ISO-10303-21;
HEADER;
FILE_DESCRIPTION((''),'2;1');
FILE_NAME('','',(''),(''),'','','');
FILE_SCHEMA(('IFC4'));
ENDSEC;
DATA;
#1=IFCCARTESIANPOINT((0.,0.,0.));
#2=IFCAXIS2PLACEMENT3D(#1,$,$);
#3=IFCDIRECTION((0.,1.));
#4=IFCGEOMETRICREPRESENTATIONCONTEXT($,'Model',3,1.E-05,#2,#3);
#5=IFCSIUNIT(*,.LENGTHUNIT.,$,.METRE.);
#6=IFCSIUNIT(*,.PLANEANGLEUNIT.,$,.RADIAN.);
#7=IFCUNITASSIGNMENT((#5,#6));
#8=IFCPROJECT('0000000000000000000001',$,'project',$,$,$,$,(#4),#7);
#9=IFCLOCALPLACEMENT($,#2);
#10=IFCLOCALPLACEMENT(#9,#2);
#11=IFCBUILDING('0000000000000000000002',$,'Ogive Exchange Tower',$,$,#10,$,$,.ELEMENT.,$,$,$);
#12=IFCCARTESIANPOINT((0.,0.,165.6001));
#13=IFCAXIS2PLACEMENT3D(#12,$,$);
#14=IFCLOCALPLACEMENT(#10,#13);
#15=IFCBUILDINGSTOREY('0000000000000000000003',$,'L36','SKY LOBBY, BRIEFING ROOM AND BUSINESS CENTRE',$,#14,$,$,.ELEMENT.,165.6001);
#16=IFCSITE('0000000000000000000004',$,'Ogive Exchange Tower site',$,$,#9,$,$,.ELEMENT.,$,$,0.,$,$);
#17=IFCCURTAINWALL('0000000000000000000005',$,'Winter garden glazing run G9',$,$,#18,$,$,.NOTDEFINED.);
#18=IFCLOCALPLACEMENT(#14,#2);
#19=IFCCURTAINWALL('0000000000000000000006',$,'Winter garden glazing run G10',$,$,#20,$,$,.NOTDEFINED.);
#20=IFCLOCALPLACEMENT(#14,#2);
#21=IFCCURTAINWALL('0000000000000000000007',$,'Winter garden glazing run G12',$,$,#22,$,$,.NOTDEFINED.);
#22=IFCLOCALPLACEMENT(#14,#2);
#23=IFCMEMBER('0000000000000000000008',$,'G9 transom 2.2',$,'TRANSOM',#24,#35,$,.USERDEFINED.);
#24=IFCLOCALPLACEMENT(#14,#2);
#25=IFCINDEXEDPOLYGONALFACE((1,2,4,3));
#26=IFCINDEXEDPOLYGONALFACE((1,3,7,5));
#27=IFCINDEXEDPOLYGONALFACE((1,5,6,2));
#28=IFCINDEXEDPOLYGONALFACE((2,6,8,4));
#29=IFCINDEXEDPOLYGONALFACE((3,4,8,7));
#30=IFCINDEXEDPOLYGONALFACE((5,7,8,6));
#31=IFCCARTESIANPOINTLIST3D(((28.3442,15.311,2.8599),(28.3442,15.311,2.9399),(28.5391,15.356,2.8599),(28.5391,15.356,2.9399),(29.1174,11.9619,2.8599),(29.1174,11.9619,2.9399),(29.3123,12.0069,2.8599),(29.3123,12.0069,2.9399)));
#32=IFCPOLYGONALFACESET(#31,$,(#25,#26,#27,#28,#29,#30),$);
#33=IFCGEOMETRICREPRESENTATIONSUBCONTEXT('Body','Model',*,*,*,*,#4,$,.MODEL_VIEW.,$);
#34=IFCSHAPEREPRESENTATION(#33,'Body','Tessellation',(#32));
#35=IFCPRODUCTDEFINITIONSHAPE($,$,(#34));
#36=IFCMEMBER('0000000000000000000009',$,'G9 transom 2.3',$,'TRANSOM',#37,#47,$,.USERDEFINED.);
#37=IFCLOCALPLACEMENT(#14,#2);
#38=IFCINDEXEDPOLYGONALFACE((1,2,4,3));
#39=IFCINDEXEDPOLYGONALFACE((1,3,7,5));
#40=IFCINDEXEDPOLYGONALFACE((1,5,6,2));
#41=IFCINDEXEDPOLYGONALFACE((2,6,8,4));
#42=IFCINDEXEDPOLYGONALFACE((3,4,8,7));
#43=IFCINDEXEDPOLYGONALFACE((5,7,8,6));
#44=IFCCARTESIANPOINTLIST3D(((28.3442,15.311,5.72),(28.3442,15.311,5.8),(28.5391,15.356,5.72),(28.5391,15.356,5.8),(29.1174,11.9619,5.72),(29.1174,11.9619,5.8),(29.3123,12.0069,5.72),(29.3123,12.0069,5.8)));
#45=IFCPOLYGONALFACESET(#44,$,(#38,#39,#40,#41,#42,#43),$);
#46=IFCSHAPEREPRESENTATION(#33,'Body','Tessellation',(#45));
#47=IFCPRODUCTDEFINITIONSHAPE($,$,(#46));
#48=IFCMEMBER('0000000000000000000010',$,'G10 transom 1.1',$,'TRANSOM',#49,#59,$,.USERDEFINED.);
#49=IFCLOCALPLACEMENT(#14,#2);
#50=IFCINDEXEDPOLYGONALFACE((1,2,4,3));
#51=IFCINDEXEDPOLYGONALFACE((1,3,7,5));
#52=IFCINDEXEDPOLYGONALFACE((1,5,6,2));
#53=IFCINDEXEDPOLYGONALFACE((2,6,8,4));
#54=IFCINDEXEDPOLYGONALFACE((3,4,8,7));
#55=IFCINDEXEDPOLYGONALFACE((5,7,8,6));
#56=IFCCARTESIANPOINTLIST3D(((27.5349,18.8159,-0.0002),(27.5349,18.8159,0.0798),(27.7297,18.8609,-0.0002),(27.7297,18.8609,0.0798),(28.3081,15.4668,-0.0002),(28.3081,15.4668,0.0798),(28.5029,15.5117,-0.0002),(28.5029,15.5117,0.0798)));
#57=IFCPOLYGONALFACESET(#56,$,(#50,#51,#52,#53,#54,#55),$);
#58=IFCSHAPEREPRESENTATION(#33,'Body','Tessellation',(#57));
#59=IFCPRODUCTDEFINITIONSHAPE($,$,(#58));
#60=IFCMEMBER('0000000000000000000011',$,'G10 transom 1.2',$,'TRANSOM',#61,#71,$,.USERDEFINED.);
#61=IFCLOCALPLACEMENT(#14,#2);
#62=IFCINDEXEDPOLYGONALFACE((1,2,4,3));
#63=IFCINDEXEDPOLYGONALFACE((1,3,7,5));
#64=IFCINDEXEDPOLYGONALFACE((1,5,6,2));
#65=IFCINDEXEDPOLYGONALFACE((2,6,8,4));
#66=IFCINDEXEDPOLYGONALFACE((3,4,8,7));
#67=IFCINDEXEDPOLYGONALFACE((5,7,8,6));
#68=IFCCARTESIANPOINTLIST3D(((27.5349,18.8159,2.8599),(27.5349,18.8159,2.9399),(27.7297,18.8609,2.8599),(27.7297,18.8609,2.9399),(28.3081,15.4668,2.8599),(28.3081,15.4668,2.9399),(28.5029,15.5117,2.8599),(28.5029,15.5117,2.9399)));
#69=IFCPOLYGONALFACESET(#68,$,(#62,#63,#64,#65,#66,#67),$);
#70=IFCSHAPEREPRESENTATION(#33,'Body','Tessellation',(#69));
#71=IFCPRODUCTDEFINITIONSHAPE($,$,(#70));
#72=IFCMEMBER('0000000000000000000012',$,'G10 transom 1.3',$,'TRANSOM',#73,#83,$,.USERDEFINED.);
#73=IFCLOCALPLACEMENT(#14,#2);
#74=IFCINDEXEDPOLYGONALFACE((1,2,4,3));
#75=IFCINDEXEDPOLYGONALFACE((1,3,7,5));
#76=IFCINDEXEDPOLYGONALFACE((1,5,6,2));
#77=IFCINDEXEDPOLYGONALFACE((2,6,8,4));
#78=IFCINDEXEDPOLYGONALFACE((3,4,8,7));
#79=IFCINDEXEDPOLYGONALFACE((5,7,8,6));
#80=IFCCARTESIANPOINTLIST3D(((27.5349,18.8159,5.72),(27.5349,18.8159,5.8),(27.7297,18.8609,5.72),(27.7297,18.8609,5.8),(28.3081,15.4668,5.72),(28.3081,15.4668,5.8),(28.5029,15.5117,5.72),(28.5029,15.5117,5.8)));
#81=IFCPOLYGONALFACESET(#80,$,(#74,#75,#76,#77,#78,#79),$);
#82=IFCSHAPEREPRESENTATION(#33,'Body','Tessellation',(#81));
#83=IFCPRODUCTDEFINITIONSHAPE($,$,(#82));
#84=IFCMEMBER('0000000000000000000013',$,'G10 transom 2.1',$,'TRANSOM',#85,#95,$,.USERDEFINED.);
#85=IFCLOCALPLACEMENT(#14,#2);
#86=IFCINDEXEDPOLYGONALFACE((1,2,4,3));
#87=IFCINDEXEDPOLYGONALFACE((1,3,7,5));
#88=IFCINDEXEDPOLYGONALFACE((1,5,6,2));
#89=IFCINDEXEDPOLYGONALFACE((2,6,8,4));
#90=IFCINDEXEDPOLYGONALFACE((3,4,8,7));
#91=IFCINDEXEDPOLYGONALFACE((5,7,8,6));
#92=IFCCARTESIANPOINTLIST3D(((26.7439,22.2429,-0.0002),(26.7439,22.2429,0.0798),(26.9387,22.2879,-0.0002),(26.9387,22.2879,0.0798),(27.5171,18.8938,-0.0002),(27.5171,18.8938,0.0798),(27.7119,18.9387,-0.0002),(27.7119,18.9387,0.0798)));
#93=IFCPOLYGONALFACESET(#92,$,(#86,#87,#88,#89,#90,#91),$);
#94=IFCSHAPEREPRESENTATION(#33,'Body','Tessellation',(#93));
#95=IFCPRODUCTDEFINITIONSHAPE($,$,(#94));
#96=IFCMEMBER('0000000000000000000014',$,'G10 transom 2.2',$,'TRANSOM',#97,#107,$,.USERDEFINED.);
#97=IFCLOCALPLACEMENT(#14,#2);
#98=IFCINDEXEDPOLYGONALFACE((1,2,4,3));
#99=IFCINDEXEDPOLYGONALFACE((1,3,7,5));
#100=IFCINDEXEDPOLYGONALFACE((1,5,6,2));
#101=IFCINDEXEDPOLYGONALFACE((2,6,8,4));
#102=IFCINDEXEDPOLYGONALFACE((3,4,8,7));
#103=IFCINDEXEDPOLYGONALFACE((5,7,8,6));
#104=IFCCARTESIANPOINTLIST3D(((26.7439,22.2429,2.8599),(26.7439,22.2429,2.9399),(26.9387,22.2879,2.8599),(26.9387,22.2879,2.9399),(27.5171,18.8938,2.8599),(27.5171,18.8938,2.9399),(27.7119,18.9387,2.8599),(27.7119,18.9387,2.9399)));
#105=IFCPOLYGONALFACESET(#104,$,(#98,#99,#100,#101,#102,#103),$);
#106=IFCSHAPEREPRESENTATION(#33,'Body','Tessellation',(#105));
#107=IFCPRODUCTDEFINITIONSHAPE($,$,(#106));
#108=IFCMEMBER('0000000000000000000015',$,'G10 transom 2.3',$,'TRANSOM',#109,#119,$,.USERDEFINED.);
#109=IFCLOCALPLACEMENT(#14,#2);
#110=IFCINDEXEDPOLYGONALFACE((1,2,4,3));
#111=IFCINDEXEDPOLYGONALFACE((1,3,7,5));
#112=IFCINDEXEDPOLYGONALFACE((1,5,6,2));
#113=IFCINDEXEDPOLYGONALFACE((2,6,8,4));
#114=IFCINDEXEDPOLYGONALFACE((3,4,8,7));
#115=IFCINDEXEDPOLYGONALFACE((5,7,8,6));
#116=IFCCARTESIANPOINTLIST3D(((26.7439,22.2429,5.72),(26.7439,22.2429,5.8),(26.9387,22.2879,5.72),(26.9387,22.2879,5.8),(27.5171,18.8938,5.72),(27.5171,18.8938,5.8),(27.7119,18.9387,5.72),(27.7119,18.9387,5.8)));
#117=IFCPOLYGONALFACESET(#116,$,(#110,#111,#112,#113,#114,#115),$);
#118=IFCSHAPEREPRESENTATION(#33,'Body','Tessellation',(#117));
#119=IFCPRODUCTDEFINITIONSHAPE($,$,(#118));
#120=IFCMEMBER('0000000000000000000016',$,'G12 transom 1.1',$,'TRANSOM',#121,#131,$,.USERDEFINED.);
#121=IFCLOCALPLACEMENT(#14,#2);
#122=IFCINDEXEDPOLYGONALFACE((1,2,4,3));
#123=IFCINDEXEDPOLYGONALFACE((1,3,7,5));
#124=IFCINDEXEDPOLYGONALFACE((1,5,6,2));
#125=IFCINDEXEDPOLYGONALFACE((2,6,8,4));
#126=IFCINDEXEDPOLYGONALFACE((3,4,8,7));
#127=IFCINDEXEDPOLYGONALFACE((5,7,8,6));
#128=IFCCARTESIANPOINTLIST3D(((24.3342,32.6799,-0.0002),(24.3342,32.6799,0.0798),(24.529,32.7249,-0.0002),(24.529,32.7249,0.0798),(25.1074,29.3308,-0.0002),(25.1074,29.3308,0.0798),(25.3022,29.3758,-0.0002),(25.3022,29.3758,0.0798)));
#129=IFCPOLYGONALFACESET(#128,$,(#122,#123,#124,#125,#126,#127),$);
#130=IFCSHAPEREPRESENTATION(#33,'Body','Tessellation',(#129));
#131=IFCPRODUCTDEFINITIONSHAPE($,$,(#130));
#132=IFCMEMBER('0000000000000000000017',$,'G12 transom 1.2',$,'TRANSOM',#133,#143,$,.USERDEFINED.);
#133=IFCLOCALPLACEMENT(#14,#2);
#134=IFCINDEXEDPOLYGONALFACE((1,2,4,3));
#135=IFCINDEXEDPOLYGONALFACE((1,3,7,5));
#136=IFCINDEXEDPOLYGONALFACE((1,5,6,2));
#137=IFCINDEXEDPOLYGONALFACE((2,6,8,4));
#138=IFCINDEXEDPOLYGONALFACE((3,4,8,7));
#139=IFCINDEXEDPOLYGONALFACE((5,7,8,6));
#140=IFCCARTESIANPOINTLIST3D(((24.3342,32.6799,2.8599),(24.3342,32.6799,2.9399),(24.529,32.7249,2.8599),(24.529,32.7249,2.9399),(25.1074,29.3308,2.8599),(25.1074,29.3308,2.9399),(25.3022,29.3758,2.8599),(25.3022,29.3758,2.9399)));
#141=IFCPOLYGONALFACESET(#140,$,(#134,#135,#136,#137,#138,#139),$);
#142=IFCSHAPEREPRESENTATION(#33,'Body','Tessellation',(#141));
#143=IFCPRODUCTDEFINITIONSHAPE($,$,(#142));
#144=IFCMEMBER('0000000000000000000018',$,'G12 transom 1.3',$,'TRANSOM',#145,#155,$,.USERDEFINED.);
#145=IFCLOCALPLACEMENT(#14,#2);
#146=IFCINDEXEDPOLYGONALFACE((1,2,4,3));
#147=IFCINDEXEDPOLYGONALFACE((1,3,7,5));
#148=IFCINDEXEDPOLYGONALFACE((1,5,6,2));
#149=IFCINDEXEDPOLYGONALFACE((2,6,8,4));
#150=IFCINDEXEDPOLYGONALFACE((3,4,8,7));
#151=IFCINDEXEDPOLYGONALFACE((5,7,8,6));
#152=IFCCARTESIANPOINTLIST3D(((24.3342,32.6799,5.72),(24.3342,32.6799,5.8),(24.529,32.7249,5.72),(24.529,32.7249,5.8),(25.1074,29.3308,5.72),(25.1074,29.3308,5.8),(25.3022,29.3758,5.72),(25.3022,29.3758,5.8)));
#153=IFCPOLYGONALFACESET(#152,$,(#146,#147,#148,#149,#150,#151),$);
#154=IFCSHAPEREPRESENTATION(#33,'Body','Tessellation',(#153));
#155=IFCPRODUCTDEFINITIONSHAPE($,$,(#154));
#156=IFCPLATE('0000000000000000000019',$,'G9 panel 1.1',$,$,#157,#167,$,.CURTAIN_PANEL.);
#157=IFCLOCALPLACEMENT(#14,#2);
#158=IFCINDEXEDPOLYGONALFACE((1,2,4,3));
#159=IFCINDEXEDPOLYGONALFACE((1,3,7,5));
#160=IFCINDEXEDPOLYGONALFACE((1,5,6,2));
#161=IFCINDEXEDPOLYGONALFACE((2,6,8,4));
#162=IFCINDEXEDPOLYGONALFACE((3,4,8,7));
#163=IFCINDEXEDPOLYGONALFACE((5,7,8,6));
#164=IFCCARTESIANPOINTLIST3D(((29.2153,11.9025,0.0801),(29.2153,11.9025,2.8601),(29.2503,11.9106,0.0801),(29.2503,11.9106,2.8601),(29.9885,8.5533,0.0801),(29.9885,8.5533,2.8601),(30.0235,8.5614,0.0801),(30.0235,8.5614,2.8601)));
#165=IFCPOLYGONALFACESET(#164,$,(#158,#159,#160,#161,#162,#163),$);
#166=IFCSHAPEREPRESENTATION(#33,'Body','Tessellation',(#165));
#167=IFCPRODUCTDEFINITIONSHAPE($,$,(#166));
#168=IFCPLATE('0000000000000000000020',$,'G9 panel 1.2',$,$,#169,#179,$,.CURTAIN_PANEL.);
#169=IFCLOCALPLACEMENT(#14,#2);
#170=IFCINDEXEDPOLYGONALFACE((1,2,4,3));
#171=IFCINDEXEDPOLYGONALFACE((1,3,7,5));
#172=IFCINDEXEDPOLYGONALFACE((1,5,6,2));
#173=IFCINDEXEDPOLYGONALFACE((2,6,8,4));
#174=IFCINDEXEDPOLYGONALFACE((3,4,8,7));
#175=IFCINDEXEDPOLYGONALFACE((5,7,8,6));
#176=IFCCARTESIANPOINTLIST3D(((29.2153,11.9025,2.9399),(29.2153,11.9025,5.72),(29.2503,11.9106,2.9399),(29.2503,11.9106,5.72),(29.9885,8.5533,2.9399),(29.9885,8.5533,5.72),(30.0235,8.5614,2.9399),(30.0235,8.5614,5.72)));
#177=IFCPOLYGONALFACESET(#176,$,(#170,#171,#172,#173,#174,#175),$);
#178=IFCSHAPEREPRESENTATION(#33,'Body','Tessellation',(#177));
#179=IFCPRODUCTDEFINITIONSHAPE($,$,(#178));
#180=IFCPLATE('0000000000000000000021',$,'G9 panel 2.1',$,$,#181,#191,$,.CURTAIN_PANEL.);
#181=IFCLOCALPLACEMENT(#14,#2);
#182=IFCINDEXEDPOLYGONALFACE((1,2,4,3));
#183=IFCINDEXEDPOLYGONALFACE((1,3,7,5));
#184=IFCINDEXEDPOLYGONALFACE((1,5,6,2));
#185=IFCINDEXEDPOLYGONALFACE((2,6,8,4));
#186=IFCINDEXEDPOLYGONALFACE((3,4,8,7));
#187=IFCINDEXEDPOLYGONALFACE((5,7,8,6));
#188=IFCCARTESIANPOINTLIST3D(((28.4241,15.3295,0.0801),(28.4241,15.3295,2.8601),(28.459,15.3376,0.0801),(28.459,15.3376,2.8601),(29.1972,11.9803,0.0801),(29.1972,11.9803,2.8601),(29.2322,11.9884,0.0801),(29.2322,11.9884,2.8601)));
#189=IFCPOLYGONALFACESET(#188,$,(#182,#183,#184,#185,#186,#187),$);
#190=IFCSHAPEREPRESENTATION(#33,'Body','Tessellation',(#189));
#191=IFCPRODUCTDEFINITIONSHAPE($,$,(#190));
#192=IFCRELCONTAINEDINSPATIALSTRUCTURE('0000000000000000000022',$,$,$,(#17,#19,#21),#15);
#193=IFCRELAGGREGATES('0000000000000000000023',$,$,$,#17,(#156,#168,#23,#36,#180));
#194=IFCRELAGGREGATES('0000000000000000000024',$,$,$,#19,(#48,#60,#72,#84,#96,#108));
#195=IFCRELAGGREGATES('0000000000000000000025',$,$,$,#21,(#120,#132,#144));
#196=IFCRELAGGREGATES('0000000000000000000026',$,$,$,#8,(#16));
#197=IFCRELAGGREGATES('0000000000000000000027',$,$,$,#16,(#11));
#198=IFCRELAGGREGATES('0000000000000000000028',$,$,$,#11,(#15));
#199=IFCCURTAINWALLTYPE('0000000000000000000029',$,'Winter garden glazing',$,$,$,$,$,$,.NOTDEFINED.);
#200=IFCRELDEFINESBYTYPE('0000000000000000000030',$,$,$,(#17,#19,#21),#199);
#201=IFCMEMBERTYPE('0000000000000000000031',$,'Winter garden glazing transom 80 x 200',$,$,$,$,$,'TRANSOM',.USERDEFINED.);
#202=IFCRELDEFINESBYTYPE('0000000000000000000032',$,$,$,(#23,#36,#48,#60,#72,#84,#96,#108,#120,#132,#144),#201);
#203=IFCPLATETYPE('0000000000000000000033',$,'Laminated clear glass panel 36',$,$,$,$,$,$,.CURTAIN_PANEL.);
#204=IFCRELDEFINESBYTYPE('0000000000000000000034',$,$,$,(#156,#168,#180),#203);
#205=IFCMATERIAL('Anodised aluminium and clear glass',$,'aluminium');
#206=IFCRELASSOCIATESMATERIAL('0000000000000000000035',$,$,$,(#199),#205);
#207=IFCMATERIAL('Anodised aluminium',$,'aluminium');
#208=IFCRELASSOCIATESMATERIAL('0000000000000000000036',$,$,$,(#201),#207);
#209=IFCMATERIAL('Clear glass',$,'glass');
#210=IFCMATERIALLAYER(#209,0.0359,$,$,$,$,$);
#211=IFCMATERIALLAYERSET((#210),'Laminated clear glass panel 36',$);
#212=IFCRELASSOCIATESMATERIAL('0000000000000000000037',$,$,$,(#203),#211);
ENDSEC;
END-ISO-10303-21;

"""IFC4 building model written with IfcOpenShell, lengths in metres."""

from ifc_helpers import new_model, si_unit, direction, frame, origin, origin_2d, place, context, subcontext, project, spatial, rectangle, extrude, material, layer, layer_set, material_profile, profile_set, type_object, element, aggregate, save


model = new_model("IFC4")

# Units and contexts
model_context = context("Model", 3, precision=1e-05, world=origin(), true_north=direction((0.0, 1.0)))
body_context = subcontext(model_context, "Body", "Model", "MODEL_VIEW")
ifc_project = project(units=[si_unit("LENGTHUNIT", "METRE"), si_unit("PLANEANGLEUNIT", "RADIAN")], contexts=[model_context])

# Site, building, storey
site_placement = place(None, origin())
site = spatial("IfcSite", under=ifc_project, at=site_placement, Name="Ogive Exchange Tower site", CompositionType="ELEMENT", RefElevation=0.0)
building_placement = place(site_placement, origin())
building = spatial("IfcBuilding", under=site, at=building_placement, Name="Ogive Exchange Tower", CompositionType="ELEMENT")
storey_placement = place(building_placement, frame((0.0, 0.0, 165.6001)))
storey = spatial("IfcBuildingStorey", under=building, at=storey_placement, Name="L36", Description="SKY LOBBY, BRIEFING ROOM AND BUSINESS CENTRE", CompositionType="ELEMENT", Elevation=165.6001)

# Curtain walls
ifc_material_1 = material(Name="Anodised aluminium and clear glass", Category="aluminium")
curtain_wall_type = type_object("IfcCurtainWallType", Name="Winter garden glazing", PredefinedType="NOTDEFINED", material=ifc_material_1)
curtain_wall_1_placement = place(storey_placement, origin())
curtain_wall_1 = element("IfcCurtainWall", 1, at=curtain_wall_1_placement, inside=storey, type_object=curtain_wall_type, Name="Winter garden glazing run G9", PredefinedType="NOTDEFINED")
ifc_material_2 = material(Name="Anodised aluminium", Category="aluminium")
curtain_wall_2_placement = place(storey_placement, origin())
curtain_wall_2 = element("IfcCurtainWall", 2, at=curtain_wall_2_placement, inside=storey, type_object=curtain_wall_type, Name="Winter garden glazing run G10", PredefinedType="NOTDEFINED")

# Curtain wall
curtain_wall_3_placement = place(storey_placement, origin())
curtain_wall_3 = element("IfcCurtainWall", 3, at=curtain_wall_3_placement, inside=storey, type_object=curtain_wall_type, Name="Winter garden glazing run G12", PredefinedType="NOTDEFINED")

# Members
ifc_material_profile_1 = material_profile(ifc_material_2, rectangle(XDim=0.2, YDim=0.0801, at=origin_2d()), Name="AL 80x200")
ifc_profile_set_1 = profile_set([ifc_material_profile_1], Name="Anodised aluminium")
member_type_1 = type_object("IfcMemberType", Name="Winter garden glazing transom 80 x 200", ElementType="TRANSOM", PredefinedType="USERDEFINED", material=ifc_profile_set_1)
member_1_placement = place(storey_placement, frame((29.2148, 11.9844, 2.8999), z_axis=(-0.224948, 0.974371, 0.0), x_axis=(-0.974371, -0.224948, 0.0)))
member_1 = element("IfcMember", 4, at=member_1_placement, type_object=member_type_1, Name="G9 transom 2.2", ObjectType="TRANSOM", PredefinedType="USERDEFINED", context=body_context, shape_type="SweptSolid", body=[
    extrude(rectangle(XDim=0.2, YDim=0.0801, at=origin_2d()), origin(), (0.0, 0.0, 1.0), 3.4373),
])
member_2_placement = place(storey_placement, frame((29.2148, 11.9844, 5.76), z_axis=(-0.224948, 0.974371, 0.0), x_axis=(-0.974371, -0.224948, 0.0)))
member_2 = element("IfcMember", 5, at=member_2_placement, type_object=member_type_1, Name="G9 transom 2.3", ObjectType="TRANSOM", PredefinedType="USERDEFINED", context=body_context, shape_type="SweptSolid", body=[
    extrude(rectangle(XDim=0.2, YDim=0.0801, at=origin_2d()), origin(), (0.0, 0.0, 1.0), 3.4373),
])
member_3_placement = place(storey_placement, frame((28.4055, 15.4893, 0.0398), z_axis=(-0.224948, 0.974371, 0.0), x_axis=(-0.974371, -0.224948, 0.0)))
member_3 = element("IfcMember", 6, at=member_3_placement, type_object=member_type_1, Name="G10 transom 1.1", ObjectType="TRANSOM", PredefinedType="USERDEFINED", context=body_context, shape_type="SweptSolid", body=[
    extrude(rectangle(XDim=0.2, YDim=0.0801, at=origin_2d()), origin(), (0.0, 0.0, 1.0), 3.4373),
])
member_4_placement = place(storey_placement, frame((28.4055, 15.4893, 2.8999), z_axis=(-0.224948, 0.974371, 0.0), x_axis=(-0.974371, -0.224948, 0.0)))
member_4 = element("IfcMember", 7, at=member_4_placement, type_object=member_type_1, Name="G10 transom 1.2", ObjectType="TRANSOM", PredefinedType="USERDEFINED", context=body_context, shape_type="SweptSolid", body=[
    extrude(rectangle(XDim=0.2, YDim=0.0801, at=origin_2d()), origin(), (0.0, 0.0, 1.0), 3.4373),
])
member_5_placement = place(storey_placement, frame((28.4055, 15.4893, 5.76), z_axis=(-0.224948, 0.974371, 0.0), x_axis=(-0.974371, -0.224948, 0.0)))
member_5 = element("IfcMember", 8, at=member_5_placement, type_object=member_type_1, Name="G10 transom 1.3", ObjectType="TRANSOM", PredefinedType="USERDEFINED", context=body_context, shape_type="SweptSolid", body=[
    extrude(rectangle(XDim=0.2, YDim=0.0801, at=origin_2d()), origin(), (0.0, 0.0, 1.0), 3.4373),
])
member_6_placement = place(storey_placement, frame((27.6145, 18.9163, 0.0398), z_axis=(-0.224948, 0.974371, 0.0), x_axis=(-0.974371, -0.224948, 0.0)))
member_6 = element("IfcMember", 9, at=member_6_placement, type_object=member_type_1, Name="G10 transom 2.1", ObjectType="TRANSOM", PredefinedType="USERDEFINED", context=body_context, shape_type="SweptSolid", body=[
    extrude(rectangle(XDim=0.2, YDim=0.0801, at=origin_2d()), origin(), (0.0, 0.0, 1.0), 3.4373),
])
member_7_placement = place(storey_placement, frame((27.6145, 18.9163, 2.8999), z_axis=(-0.224948, 0.974371, 0.0), x_axis=(-0.974371, -0.224948, 0.0)))
member_7 = element("IfcMember", 10, at=member_7_placement, type_object=member_type_1, Name="G10 transom 2.2", ObjectType="TRANSOM", PredefinedType="USERDEFINED", context=body_context, shape_type="SweptSolid", body=[
    extrude(rectangle(XDim=0.2, YDim=0.0801, at=origin_2d()), origin(), (0.0, 0.0, 1.0), 3.4373),
])
member_8_placement = place(storey_placement, frame((27.6145, 18.9163, 5.76), z_axis=(-0.224948, 0.974371, 0.0), x_axis=(-0.974371, -0.224948, 0.0)))
member_8 = element("IfcMember", 11, at=member_8_placement, type_object=member_type_1, Name="G10 transom 2.3", ObjectType="TRANSOM", PredefinedType="USERDEFINED", context=body_context, shape_type="SweptSolid", body=[
    extrude(rectangle(XDim=0.2, YDim=0.0801, at=origin_2d()), origin(), (0.0, 0.0, 1.0), 3.4373),
])
member_9_placement = place(storey_placement, frame((25.2048, 29.3533, 0.0398), z_axis=(-0.224948, 0.974371, 0.0), x_axis=(-0.974371, -0.224948, 0.0)))
member_9 = element("IfcMember", 12, at=member_9_placement, type_object=member_type_1, Name="G12 transom 1.1", ObjectType="TRANSOM", PredefinedType="USERDEFINED", context=body_context, shape_type="SweptSolid", body=[
    extrude(rectangle(XDim=0.2, YDim=0.0801, at=origin_2d()), origin(), (0.0, 0.0, 1.0), 3.4373),
])
member_10_placement = place(storey_placement, frame((25.2048, 29.3533, 2.8999), z_axis=(-0.224948, 0.974371, 0.0), x_axis=(-0.974371, -0.224948, 0.0)))
member_10 = element("IfcMember", 13, at=member_10_placement, type_object=member_type_1, Name="G12 transom 1.2", ObjectType="TRANSOM", PredefinedType="USERDEFINED", context=body_context, shape_type="SweptSolid", body=[
    extrude(rectangle(XDim=0.2, YDim=0.0801, at=origin_2d()), origin(), (0.0, 0.0, 1.0), 3.4373),
])
member_11_placement = place(storey_placement, frame((25.2048, 29.3533, 5.76), z_axis=(-0.224948, 0.974371, 0.0), x_axis=(-0.974371, -0.224948, 0.0)))
member_11 = element("IfcMember", 14, at=member_11_placement, type_object=member_type_1, Name="G12 transom 1.3", ObjectType="TRANSOM", PredefinedType="USERDEFINED", context=body_context, shape_type="SweptSolid", body=[
    extrude(rectangle(XDim=0.2, YDim=0.0801, at=origin_2d()), origin(), (0.0, 0.0, 1.0), 3.4373),
])

# Plates
ifc_material_3 = material(Name="Clear glass", Category="glass")
ifc_layer_1 = layer(ifc_material_3, 0.0359)
ifc_layer_set_1 = layer_set([ifc_layer_1], Name="Laminated clear glass panel 36")
plate_type = type_object("IfcPlateType", Name="Laminated clear glass panel 36", PredefinedType="CURTAIN_PANEL", material=ifc_layer_set_1)
plate_1_placement = place(storey_placement, frame((29.6194, 10.2319, 0.0801), z_axis=(0.0, 0.0, 1.0), x_axis=(-0.224941, 0.974372, 0.0)))
plate_1 = element("IfcPlate", 15, at=plate_1_placement, type_object=plate_type, Name="G9 panel 1.1", PredefinedType="CURTAIN_PANEL", context=body_context, shape_type="SweptSolid", body=[
    extrude(rectangle(XDim=3.4373, YDim=0.0359, at=origin_2d()), origin(), (0.0, 0.0, 1.0), 2.78),
])
plate_2_placement = place(storey_placement, frame((29.6194, 10.2319, 2.9399), z_axis=(0.0, 0.0, 1.0), x_axis=(-0.224941, 0.974372, 0.0)))
plate_2 = element("IfcPlate", 16, at=plate_2_placement, type_object=plate_type, Name="G9 panel 1.2", PredefinedType="CURTAIN_PANEL", context=body_context, shape_type="SweptSolid", body=[
    extrude(rectangle(XDim=3.4373, YDim=0.0359, at=origin_2d()), origin(), (0.0, 0.0, 1.0), 2.78),
])
plate_3_placement = place(storey_placement, frame((28.8281, 13.6589, 0.0801), z_axis=(0.0, 0.0, 1.0), x_axis=(-0.224941, 0.974372, 0.0)))
plate_3 = element("IfcPlate", 17, at=plate_3_placement, type_object=plate_type, Name="G9 panel 2.1", PredefinedType="CURTAIN_PANEL", context=body_context, shape_type="SweptSolid", body=[
    extrude(rectangle(XDim=3.4373, YDim=0.0359, at=origin_2d()), origin(), (0.0, 0.0, 1.0), 2.78),
])
aggregate(curtain_wall_1, [plate_1, plate_2, member_1, member_2, plate_3])
aggregate(curtain_wall_2, [member_3, member_4, member_5, member_6, member_7, member_8])
aggregate(curtain_wall_3, [member_9, member_10, member_11])

save(model, "model.ifc")
